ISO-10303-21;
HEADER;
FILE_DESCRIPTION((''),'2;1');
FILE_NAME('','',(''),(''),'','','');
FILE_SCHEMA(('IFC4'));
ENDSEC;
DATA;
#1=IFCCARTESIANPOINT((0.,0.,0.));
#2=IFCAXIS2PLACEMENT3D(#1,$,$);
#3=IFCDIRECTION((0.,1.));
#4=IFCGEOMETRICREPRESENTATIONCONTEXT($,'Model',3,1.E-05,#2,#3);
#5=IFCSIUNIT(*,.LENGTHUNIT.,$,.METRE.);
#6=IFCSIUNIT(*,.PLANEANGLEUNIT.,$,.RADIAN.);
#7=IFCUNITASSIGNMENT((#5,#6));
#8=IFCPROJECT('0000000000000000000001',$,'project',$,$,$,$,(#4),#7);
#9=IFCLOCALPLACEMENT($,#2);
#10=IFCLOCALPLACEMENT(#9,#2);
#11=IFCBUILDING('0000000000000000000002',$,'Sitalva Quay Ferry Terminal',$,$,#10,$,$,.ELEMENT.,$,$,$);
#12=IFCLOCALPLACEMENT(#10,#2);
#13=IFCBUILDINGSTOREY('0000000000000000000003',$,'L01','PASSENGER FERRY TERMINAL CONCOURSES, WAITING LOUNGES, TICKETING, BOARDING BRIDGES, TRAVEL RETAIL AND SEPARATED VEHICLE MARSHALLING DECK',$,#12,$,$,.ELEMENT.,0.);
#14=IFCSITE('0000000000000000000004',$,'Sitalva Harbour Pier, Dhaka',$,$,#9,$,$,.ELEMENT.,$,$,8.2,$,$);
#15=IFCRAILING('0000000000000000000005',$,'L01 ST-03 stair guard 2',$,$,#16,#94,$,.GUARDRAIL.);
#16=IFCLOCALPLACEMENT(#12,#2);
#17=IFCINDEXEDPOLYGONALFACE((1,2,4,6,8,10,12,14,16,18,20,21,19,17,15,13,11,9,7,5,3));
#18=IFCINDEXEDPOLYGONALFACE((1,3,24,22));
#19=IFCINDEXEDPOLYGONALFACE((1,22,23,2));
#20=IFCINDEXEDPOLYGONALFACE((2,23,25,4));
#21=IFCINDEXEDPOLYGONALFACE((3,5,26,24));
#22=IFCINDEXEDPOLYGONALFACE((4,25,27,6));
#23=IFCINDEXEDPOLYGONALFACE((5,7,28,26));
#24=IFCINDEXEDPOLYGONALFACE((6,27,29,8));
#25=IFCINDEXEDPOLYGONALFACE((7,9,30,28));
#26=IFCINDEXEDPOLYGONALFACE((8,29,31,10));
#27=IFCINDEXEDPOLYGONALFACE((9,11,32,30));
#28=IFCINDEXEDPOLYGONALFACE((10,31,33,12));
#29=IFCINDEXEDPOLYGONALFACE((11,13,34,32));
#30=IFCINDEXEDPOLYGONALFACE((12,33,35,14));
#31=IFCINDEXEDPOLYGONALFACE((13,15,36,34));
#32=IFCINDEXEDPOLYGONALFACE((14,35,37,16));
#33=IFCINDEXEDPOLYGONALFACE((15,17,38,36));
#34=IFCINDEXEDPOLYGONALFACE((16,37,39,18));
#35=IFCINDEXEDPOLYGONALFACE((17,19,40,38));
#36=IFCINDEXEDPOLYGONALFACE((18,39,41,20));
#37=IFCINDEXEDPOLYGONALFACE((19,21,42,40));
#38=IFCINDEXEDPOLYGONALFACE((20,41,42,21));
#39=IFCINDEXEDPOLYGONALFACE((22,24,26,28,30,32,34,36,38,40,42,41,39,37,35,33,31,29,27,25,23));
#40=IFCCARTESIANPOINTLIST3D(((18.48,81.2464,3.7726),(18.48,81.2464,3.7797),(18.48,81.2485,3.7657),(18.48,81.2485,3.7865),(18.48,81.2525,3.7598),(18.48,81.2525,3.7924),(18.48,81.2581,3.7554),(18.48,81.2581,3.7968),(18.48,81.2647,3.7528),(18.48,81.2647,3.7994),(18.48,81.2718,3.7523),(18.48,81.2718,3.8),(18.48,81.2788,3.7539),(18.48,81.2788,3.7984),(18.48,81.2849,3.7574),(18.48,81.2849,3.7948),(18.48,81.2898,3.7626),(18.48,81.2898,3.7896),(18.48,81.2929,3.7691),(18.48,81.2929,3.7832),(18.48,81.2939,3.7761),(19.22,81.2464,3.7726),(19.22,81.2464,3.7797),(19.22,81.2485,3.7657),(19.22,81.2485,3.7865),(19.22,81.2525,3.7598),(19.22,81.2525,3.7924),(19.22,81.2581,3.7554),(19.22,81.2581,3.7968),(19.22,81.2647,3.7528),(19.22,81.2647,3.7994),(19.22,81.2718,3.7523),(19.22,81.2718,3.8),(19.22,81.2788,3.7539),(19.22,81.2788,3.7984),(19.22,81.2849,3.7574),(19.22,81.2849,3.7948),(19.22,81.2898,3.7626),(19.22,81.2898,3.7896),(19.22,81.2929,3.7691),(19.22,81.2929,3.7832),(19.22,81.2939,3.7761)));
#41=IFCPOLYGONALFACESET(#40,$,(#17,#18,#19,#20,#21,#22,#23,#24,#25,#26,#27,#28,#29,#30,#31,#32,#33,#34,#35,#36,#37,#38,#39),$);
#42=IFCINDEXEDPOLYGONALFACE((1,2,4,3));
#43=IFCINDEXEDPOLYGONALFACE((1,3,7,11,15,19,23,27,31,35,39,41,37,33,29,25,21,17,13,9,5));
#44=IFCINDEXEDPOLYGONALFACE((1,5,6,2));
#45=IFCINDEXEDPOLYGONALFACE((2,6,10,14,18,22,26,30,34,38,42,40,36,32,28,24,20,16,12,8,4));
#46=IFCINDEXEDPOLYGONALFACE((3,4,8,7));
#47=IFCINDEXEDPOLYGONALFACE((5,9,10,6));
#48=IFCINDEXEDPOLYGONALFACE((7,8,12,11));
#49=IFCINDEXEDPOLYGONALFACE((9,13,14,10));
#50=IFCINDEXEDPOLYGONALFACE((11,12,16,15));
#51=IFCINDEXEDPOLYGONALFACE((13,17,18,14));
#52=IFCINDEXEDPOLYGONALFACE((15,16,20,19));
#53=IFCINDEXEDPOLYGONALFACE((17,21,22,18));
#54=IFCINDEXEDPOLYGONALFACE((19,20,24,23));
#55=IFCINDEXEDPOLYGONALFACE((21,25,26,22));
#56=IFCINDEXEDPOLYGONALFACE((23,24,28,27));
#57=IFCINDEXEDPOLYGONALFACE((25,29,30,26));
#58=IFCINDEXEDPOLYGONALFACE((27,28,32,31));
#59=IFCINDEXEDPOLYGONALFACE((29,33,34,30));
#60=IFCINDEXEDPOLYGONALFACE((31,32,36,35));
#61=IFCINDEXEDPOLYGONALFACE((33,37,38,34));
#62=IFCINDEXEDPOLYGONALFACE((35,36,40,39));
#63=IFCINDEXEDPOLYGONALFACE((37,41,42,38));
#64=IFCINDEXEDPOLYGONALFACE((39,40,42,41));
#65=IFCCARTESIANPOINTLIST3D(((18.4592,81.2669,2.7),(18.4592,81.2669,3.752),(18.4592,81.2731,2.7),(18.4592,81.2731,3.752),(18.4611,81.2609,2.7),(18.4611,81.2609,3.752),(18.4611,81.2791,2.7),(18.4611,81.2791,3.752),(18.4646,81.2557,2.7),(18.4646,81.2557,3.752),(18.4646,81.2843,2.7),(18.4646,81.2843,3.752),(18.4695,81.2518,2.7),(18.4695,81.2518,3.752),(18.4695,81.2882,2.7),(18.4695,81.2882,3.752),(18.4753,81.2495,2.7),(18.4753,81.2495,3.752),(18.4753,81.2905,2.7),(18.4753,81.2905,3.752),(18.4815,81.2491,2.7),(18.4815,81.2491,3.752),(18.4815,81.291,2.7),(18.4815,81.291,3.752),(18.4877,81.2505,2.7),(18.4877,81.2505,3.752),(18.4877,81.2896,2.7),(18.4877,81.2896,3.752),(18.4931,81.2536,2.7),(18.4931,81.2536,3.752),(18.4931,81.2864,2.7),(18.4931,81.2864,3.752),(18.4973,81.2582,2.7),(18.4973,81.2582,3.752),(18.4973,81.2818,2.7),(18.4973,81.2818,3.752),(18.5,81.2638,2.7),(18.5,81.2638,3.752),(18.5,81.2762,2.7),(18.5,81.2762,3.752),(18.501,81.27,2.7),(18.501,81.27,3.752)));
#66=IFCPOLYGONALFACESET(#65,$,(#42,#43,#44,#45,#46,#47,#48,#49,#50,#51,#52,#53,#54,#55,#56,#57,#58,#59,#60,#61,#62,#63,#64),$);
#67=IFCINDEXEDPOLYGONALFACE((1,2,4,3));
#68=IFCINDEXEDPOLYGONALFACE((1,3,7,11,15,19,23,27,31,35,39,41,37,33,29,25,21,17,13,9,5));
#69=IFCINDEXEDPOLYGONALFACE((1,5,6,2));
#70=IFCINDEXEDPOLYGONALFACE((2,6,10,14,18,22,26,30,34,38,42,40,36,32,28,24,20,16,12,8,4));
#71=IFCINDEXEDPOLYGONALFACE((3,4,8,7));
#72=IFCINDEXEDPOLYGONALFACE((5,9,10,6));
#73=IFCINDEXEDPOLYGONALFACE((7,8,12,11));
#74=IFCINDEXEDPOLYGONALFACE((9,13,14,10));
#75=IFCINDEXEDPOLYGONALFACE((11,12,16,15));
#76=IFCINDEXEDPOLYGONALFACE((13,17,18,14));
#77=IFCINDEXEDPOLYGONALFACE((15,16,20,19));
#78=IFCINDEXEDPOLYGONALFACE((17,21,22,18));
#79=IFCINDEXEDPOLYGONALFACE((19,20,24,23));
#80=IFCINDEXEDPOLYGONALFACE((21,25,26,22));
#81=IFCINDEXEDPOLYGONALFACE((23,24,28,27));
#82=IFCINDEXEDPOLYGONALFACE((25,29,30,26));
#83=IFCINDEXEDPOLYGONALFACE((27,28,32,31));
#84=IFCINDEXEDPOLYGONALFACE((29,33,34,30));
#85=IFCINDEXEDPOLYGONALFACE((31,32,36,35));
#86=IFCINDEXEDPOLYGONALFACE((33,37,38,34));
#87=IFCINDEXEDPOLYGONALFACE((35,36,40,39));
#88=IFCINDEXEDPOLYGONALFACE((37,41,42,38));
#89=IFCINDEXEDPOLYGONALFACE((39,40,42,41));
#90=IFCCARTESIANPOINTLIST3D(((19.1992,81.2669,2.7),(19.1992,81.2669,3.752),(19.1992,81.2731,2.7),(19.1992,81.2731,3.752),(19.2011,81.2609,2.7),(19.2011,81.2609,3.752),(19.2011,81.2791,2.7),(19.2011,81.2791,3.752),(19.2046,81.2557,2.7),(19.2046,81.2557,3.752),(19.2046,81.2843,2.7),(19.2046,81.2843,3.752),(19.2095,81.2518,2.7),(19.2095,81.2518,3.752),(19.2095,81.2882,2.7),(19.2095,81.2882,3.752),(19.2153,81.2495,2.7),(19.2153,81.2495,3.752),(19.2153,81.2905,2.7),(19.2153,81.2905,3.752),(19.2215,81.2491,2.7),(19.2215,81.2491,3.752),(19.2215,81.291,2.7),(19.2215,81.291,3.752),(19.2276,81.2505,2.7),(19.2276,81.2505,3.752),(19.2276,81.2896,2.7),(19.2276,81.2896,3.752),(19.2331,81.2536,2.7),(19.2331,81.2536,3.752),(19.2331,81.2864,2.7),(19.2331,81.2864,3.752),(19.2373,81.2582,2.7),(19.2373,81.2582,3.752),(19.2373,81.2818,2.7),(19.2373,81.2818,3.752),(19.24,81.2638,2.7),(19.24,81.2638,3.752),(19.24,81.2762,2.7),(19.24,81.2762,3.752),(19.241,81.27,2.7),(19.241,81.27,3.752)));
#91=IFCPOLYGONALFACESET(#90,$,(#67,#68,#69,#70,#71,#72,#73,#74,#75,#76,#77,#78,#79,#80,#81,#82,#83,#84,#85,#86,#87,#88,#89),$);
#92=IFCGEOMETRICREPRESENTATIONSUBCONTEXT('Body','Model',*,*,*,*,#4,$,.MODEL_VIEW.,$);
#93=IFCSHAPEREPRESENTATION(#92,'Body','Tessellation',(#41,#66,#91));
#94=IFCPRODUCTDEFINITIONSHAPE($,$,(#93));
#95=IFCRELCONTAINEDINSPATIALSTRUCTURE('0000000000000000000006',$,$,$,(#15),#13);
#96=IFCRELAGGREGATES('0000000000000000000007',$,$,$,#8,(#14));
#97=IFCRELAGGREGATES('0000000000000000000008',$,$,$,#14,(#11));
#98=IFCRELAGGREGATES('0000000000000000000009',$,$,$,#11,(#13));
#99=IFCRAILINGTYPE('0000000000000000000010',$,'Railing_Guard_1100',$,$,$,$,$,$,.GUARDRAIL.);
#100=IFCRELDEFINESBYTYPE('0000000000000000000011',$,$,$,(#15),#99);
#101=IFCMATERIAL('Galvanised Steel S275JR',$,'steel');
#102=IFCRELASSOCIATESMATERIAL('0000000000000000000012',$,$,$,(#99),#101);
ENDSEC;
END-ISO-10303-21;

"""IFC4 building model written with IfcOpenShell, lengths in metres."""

from ifc_helpers import new_model, si_unit, direction, frame, origin, origin_2d, place, context, subcontext, project, spatial, circle, extrude, material, type_object, element, save


model = new_model("IFC4")

# Units and contexts
model_context = context("Model", 3, precision=1e-05, world=origin(), true_north=direction((0.0, 1.0)))
body_context = subcontext(model_context, "Body", "Model", "MODEL_VIEW")
ifc_project = project(units=[si_unit("LENGTHUNIT", "METRE"), si_unit("PLANEANGLEUNIT", "RADIAN")], contexts=[model_context])

# Site, building, storey
site_placement = place(None, origin())
site = spatial("IfcSite", under=ifc_project, at=site_placement, Name="Sitalva Harbour Pier, Dhaka", CompositionType="ELEMENT", RefElevation=8.2)
building_placement = place(site_placement, origin())
building = spatial("IfcBuilding", under=site, at=building_placement, Name="Sitalva Quay Ferry Terminal", CompositionType="ELEMENT")
storey_placement = place(building_placement, origin())
storey = spatial("IfcBuildingStorey", under=building, at=storey_placement, Name="L01", Description="PASSENGER FERRY TERMINAL CONCOURSES, WAITING LOUNGES, TICKETING, BOARDING BRIDGES, TRAVEL RETAIL AND SEPARATED VEHICLE MARSHALLING DECK", CompositionType="ELEMENT", Elevation=0.0)

# Railing
ifc_material_1 = material(Name="Galvanised Steel S275JR", Category="steel")
railing_type_1 = type_object("IfcRailingType", Name="Railing_Guard_1100", PredefinedType="GUARDRAIL", material=ifc_material_1)
railing_1_placement = place(storey_placement, frame((18.48, 81.27, 2.7)))
element("IfcRailing", 1, at=railing_1_placement, inside=storey, type_object=railing_type_1, Name="L01 ST-03 stair guard 2", PredefinedType="GUARDRAIL", context=body_context, shape_type="SweptSolid", body=[
    extrude(circle(Radius=0.0239, at=origin_2d()), frame((0.0, 0.0, 1.0762), z_axis=(1.0, 0.0, 0.0), x_axis=(0.0, 1.0, 0.0)), (0.0, 0.0, 1.0), 0.74),
    extrude(circle(Radius=0.021, at=origin_2d()), origin(), (0.0, 0.0, 1.0), 1.052),
    extrude(circle(Radius=0.021, at=origin_2d()), frame((0.74, 0.0, 0.0)), (0.0, 0.0, 1.0), 1.052),
])

save(model, "model.ifc")
